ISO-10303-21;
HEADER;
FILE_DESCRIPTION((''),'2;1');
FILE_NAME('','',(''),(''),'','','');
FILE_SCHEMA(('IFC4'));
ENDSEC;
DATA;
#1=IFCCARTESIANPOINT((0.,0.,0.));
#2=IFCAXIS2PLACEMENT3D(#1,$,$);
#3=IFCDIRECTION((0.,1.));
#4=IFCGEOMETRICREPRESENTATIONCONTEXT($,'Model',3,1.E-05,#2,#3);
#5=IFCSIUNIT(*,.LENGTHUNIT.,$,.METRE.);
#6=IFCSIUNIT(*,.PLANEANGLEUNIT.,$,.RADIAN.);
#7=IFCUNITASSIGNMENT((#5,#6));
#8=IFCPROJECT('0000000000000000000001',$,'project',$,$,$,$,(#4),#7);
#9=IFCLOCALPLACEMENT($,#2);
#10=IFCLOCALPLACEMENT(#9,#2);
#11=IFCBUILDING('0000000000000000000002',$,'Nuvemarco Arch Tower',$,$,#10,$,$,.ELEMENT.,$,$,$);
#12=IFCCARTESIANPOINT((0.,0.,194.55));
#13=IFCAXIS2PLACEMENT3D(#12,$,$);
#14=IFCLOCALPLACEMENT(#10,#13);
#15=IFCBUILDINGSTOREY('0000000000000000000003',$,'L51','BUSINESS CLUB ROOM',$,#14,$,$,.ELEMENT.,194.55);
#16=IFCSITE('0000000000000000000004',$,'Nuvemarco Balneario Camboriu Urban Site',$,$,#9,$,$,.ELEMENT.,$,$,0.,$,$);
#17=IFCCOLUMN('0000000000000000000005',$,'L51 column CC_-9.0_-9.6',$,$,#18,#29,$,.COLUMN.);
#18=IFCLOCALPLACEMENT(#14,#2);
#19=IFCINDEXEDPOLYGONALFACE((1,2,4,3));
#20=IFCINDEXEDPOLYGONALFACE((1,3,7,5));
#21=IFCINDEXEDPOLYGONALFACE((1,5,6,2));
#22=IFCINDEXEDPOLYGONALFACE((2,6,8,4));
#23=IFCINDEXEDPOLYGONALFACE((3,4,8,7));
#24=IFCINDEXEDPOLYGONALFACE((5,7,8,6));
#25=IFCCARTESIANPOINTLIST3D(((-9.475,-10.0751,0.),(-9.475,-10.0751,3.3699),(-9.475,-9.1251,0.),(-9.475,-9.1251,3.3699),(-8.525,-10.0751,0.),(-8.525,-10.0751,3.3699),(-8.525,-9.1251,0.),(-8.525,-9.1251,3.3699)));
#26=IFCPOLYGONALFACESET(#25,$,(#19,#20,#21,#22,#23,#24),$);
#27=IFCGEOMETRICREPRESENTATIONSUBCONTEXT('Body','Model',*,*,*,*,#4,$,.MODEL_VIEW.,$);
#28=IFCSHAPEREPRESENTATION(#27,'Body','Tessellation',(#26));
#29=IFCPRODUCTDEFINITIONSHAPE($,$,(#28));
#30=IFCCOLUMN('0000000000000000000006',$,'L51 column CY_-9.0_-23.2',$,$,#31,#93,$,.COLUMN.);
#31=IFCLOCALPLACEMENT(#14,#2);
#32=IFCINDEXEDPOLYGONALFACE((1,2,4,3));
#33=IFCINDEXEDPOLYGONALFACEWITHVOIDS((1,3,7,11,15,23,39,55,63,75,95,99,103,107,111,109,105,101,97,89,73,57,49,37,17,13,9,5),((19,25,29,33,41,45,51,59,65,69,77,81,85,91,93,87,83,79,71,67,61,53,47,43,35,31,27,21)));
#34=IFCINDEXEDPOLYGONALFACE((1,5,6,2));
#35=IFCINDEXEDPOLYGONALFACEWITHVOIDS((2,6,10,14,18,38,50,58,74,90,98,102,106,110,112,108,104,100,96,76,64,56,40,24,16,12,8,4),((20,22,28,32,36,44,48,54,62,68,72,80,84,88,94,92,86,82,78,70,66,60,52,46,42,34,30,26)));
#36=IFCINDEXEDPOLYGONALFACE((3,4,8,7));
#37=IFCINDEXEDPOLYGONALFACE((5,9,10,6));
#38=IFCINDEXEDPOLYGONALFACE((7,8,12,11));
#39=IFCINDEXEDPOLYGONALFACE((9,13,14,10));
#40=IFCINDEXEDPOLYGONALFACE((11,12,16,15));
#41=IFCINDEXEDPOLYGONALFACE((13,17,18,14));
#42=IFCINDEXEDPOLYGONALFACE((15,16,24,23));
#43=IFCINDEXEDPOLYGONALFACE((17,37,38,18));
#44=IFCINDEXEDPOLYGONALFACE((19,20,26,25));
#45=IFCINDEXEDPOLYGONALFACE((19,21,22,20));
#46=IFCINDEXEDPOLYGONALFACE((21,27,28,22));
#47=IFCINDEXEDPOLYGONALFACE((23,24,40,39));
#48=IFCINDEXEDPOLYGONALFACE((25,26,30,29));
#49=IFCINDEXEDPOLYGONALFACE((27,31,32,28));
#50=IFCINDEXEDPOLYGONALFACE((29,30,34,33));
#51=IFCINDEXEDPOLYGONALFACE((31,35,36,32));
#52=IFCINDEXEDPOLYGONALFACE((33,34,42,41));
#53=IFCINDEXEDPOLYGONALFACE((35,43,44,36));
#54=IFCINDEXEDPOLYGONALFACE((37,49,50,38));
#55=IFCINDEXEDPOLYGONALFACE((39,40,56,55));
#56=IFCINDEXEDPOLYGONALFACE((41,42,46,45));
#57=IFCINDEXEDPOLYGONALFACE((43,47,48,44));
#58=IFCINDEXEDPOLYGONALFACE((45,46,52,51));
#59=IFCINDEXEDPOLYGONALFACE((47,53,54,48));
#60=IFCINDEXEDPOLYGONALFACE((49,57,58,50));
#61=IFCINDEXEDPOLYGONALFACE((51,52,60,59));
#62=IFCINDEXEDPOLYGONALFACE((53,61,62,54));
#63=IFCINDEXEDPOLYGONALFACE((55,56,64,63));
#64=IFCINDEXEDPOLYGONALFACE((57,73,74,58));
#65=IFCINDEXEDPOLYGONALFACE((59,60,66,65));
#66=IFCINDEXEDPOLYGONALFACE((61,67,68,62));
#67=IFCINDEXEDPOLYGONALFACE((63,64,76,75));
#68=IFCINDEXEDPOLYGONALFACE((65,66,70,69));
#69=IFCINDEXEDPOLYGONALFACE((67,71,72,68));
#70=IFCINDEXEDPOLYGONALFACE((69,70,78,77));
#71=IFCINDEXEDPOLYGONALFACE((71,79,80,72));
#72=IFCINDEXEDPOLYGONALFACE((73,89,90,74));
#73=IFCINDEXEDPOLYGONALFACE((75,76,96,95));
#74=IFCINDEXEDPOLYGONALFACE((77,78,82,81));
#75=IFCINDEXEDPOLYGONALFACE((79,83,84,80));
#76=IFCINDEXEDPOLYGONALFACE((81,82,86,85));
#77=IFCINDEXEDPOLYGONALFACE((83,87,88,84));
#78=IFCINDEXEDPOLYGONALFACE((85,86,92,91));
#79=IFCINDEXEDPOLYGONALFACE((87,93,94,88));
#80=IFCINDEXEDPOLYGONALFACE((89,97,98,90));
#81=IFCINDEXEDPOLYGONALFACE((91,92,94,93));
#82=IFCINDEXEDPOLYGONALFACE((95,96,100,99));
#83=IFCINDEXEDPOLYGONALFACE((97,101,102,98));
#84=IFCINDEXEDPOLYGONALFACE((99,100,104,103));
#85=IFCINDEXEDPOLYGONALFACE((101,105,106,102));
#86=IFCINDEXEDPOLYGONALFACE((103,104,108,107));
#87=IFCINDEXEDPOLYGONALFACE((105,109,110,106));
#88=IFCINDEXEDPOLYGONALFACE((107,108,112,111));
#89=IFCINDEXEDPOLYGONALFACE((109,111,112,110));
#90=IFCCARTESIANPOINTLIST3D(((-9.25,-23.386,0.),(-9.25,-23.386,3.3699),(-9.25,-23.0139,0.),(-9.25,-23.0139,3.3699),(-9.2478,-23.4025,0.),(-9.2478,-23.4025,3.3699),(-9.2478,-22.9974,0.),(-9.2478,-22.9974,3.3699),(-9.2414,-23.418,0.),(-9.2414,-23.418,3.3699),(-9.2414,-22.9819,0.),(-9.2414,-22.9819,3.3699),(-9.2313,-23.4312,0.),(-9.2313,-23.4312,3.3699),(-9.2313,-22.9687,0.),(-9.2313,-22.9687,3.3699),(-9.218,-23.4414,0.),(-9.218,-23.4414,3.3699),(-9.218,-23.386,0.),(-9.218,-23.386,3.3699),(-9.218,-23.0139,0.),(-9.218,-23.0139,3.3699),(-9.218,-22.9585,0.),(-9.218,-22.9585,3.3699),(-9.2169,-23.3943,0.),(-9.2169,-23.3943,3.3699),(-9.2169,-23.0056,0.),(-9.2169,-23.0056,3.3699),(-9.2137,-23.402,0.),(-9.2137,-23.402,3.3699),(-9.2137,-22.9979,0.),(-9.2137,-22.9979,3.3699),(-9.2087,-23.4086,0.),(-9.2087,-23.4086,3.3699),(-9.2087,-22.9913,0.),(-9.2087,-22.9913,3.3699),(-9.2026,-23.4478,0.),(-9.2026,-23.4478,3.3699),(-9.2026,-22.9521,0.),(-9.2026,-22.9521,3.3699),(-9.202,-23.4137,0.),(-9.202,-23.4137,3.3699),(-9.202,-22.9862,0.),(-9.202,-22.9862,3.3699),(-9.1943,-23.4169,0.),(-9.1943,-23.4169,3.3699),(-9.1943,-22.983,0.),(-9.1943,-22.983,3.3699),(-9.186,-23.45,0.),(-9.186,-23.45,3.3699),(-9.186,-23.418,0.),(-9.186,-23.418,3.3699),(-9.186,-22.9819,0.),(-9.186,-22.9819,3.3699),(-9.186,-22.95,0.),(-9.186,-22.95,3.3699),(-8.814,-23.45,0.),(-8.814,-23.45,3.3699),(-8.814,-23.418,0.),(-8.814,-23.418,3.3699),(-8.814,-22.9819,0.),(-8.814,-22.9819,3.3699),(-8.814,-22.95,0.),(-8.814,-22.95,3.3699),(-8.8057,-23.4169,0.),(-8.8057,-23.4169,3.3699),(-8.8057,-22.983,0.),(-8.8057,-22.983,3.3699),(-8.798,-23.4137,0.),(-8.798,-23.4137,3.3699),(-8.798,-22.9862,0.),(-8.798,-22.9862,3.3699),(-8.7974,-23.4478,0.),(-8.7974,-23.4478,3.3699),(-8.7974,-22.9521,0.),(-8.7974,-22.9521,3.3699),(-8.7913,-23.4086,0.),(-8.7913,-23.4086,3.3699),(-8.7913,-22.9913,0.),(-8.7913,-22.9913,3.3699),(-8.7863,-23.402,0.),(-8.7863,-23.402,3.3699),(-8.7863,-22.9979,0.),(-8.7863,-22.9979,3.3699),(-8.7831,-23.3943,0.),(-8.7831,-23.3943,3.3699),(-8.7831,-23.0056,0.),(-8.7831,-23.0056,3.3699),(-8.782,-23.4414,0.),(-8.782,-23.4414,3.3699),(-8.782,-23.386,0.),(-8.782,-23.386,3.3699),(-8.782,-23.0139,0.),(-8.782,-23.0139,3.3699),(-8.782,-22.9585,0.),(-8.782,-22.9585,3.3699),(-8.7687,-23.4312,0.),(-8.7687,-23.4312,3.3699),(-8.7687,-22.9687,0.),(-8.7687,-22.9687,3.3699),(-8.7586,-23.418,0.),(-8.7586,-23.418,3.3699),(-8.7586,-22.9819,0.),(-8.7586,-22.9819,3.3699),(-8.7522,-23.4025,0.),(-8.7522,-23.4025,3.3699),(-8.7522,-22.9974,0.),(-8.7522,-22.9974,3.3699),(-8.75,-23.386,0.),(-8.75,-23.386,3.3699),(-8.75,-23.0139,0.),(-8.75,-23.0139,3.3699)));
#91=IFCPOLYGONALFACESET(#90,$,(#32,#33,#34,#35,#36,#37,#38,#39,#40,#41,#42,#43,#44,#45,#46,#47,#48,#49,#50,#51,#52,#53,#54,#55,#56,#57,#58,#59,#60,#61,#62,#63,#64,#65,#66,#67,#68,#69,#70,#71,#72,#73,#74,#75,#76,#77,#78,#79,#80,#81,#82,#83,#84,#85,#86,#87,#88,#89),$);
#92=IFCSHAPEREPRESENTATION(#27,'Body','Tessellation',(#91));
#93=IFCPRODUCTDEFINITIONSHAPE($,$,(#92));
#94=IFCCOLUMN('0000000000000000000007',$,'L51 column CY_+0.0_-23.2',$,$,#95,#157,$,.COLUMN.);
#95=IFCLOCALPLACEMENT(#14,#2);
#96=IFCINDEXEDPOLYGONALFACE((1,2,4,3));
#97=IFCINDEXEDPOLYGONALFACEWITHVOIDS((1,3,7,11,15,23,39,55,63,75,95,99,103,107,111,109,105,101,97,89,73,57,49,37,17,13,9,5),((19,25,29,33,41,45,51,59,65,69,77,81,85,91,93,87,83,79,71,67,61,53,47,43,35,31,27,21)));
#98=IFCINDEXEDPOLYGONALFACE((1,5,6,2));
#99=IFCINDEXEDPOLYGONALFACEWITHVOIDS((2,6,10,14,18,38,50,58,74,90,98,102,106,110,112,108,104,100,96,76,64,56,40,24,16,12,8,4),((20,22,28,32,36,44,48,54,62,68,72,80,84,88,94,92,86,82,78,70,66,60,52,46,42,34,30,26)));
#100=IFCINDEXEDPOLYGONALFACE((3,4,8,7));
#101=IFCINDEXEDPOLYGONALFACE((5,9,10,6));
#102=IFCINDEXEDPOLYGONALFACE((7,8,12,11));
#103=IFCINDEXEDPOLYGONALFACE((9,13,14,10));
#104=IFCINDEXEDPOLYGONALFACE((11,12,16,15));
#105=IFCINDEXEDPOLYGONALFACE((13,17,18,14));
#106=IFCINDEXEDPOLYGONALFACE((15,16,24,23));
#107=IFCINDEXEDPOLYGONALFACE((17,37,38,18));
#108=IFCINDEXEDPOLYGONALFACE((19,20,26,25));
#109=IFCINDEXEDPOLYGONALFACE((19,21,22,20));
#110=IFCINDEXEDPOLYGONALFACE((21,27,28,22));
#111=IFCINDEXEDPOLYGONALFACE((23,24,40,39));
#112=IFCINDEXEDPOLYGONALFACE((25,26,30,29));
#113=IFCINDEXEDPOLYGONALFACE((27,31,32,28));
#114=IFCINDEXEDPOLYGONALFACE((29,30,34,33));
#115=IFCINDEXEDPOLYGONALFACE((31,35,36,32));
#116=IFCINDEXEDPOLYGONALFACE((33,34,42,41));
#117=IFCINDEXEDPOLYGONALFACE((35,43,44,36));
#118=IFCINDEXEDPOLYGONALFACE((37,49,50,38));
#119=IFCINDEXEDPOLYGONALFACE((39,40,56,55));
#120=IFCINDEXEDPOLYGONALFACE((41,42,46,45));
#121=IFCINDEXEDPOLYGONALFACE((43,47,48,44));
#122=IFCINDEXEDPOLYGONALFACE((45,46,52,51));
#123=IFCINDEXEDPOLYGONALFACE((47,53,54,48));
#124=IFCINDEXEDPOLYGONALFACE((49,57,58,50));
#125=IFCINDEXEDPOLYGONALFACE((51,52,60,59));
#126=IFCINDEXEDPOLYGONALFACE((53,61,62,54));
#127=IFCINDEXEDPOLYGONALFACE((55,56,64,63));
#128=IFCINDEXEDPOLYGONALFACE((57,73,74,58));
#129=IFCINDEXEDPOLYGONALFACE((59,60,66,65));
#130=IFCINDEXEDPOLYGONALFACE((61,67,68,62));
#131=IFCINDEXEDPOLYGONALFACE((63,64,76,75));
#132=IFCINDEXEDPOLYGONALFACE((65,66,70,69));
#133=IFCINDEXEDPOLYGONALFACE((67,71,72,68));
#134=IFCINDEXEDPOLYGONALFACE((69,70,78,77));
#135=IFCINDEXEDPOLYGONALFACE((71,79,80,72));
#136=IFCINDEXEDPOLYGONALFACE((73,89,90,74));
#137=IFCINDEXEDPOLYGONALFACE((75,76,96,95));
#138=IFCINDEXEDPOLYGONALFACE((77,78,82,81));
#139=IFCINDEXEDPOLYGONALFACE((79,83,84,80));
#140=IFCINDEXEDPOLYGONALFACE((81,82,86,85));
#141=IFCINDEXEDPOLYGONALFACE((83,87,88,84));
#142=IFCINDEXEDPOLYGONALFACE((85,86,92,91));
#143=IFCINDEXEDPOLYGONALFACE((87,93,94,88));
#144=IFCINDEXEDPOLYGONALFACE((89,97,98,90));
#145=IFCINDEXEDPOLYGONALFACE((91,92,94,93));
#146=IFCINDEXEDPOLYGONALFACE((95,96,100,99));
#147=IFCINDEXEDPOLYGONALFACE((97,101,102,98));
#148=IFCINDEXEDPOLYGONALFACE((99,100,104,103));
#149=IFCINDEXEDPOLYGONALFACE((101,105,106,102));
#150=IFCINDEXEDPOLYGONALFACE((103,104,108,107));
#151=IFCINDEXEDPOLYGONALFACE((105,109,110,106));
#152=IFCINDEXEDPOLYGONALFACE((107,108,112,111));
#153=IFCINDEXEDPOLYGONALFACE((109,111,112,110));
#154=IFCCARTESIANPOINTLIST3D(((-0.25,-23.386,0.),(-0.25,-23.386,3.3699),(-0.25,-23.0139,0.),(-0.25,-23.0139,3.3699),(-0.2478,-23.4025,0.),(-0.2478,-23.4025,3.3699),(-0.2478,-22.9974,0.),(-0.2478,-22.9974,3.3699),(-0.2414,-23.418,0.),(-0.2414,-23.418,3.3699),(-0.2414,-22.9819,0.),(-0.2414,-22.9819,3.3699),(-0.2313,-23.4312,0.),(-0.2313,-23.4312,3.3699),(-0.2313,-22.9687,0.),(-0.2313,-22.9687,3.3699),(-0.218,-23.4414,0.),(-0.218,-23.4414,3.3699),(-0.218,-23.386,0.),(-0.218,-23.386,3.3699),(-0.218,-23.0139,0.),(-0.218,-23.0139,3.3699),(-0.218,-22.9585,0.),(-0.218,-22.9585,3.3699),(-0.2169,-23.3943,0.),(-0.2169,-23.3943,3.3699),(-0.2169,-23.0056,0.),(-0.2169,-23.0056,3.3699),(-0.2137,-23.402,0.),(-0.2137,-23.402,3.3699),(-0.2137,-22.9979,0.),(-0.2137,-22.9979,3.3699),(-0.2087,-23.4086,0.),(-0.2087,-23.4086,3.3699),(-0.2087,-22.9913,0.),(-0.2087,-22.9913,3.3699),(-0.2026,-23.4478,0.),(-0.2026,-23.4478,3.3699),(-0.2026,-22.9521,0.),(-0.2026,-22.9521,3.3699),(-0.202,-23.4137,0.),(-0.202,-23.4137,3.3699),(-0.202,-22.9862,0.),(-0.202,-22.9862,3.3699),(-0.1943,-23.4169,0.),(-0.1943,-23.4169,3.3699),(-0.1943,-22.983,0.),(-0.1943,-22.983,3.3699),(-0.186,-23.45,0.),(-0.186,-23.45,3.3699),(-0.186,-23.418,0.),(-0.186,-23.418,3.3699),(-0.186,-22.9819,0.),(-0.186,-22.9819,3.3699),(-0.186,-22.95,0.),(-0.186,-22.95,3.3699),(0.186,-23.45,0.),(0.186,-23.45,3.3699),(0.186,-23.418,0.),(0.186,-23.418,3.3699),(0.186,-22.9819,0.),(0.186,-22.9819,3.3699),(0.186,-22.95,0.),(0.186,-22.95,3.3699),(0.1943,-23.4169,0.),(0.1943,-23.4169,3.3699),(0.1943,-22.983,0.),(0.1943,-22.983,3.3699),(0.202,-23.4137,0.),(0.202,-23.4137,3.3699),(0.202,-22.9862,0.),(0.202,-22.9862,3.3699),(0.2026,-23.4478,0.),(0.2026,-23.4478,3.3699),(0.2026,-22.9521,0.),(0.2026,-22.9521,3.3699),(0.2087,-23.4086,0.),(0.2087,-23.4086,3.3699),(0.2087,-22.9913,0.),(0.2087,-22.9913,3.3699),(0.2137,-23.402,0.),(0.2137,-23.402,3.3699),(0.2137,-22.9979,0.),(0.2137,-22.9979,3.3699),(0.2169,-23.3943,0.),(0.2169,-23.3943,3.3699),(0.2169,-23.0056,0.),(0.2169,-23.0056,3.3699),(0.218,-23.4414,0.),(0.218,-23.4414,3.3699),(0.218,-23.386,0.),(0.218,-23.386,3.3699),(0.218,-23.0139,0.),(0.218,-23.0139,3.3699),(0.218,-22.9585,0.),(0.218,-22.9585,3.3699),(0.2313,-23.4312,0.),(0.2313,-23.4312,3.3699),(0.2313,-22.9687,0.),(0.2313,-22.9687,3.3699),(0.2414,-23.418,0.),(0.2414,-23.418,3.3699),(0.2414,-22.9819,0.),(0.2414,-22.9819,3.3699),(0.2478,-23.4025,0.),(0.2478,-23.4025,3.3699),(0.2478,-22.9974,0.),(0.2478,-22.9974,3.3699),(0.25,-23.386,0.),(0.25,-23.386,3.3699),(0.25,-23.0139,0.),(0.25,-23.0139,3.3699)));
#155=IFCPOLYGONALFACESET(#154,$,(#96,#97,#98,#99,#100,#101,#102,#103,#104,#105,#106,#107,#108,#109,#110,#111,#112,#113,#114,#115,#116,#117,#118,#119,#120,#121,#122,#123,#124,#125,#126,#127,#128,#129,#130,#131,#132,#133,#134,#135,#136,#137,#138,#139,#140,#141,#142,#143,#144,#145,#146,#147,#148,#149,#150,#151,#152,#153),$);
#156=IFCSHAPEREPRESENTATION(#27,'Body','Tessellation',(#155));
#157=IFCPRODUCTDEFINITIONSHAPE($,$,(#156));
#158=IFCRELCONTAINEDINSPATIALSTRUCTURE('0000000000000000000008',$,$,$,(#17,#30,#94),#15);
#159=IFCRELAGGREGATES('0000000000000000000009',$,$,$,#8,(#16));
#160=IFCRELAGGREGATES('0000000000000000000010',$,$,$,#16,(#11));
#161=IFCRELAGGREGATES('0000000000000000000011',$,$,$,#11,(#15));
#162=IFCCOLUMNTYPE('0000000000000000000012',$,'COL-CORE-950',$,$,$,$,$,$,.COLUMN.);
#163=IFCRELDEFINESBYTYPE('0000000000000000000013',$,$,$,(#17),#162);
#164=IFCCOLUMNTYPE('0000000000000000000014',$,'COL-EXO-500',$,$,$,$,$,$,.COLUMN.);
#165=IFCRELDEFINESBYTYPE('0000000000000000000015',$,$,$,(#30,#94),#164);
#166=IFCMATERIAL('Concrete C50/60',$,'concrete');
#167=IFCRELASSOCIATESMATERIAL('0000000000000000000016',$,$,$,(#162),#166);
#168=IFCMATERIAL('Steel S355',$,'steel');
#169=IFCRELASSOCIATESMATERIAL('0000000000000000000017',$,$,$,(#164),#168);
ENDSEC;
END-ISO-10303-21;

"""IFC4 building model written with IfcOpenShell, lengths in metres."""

from ifc_helpers import new_model, si_unit, direction, frame, origin, origin_2d, place, context, subcontext, project, spatial, rectangle, hollow_rectangle, extrude, material, material_profile, profile_set, type_object, element, save


model = new_model("IFC4")

# Units and contexts
model_context = context("Model", 3, precision=1e-05, world=origin(), true_north=direction((0.0, 1.0)))
body_context = subcontext(model_context, "Body", "Model", "MODEL_VIEW")
ifc_project = project(units=[si_unit("LENGTHUNIT", "METRE"), si_unit("PLANEANGLEUNIT", "RADIAN")], contexts=[model_context])

# Site, building, storey
site_placement = place(None, origin())
site = spatial("IfcSite", under=ifc_project, at=site_placement, Name="Nuvemarco Balneario Camboriu Urban Site", CompositionType="ELEMENT", RefElevation=0.0)
building_placement = place(site_placement, origin())
building = spatial("IfcBuilding", under=site, at=building_placement, Name="Nuvemarco Arch Tower", CompositionType="ELEMENT")
storey_placement = place(building_placement, frame((0.0, 0.0, 194.55)))
storey = spatial("IfcBuildingStorey", under=building, at=storey_placement, Name="L51", Description="BUSINESS CLUB ROOM", CompositionType="ELEMENT", Elevation=194.55)

# Columns
ifc_material_1 = material(Name="Concrete C50/60", Category="concrete")
ifc_material_profile_1 = material_profile(ifc_material_1, rectangle(XDim=0.95, YDim=0.95, at=origin_2d()), Name="RC-COL-950x950")
ifc_profile_set_1 = profile_set([ifc_material_profile_1], Name="Concrete C50/60")
column_type_1 = type_object("IfcColumnType", Name="COL-CORE-950", PredefinedType="COLUMN", material=ifc_profile_set_1)
column_1_placement = place(storey_placement, frame((-9.0, -9.6001, 0.0), z_axis=(0.0, 0.0, 1.0), x_axis=(1.0, 0.0, 0.0)))
element("IfcColumn", 1, at=column_1_placement, inside=storey, type_object=column_type_1, Name="L51 column CC_-9.0_-9.6", PredefinedType="COLUMN", context=body_context, shape_type="SweptSolid", body=[
    extrude(rectangle(XDim=0.95, YDim=0.95, at=origin_2d()), origin(), (0.0, 0.0, 1.0), 3.3699),
])
ifc_material_2 = material(Name="Steel S355", Category="steel")
ifc_material_profile_2 = material_profile(ifc_material_2, hollow_rectangle(XDim=0.5, YDim=0.5, WallThickness=0.032, InnerFilletRadius=0.032, OuterFilletRadius=0.064, at=origin_2d()), Name="SHS500x500x32")
ifc_profile_set_2 = profile_set([ifc_material_profile_2], Name="Steel S355")
column_type_2 = type_object("IfcColumnType", Name="COL-EXO-500", PredefinedType="COLUMN", material=ifc_profile_set_2)
for number, where, z_axis, x_axis, name in (
    (2, (-9.0, -23.2, 0.0), (0.0, 0.0, 1.0), (1.0, 0.0, 0.0), "L51 column CY_-9.0_-23.2"),
    (3, (0.0, -23.2, 0.0), (0.0, 0.0, 1.0), (1.0, 0.0, 0.0), "L51 column CY_+0.0_-23.2"),
):
    element("IfcColumn", number, at=place(storey_placement, frame(where, z_axis=z_axis, x_axis=x_axis)), inside=storey, type_object=column_type_2, Name=name, PredefinedType="COLUMN", context=body_context, shape_type="SweptSolid", body=[
        extrude(hollow_rectangle(XDim=0.5, YDim=0.5, WallThickness=0.032, InnerFilletRadius=0.032, OuterFilletRadius=0.064, at=origin_2d()), origin(), (0.0, 0.0, 1.0), 3.3699),
    ])

save(model, "model.ifc")
